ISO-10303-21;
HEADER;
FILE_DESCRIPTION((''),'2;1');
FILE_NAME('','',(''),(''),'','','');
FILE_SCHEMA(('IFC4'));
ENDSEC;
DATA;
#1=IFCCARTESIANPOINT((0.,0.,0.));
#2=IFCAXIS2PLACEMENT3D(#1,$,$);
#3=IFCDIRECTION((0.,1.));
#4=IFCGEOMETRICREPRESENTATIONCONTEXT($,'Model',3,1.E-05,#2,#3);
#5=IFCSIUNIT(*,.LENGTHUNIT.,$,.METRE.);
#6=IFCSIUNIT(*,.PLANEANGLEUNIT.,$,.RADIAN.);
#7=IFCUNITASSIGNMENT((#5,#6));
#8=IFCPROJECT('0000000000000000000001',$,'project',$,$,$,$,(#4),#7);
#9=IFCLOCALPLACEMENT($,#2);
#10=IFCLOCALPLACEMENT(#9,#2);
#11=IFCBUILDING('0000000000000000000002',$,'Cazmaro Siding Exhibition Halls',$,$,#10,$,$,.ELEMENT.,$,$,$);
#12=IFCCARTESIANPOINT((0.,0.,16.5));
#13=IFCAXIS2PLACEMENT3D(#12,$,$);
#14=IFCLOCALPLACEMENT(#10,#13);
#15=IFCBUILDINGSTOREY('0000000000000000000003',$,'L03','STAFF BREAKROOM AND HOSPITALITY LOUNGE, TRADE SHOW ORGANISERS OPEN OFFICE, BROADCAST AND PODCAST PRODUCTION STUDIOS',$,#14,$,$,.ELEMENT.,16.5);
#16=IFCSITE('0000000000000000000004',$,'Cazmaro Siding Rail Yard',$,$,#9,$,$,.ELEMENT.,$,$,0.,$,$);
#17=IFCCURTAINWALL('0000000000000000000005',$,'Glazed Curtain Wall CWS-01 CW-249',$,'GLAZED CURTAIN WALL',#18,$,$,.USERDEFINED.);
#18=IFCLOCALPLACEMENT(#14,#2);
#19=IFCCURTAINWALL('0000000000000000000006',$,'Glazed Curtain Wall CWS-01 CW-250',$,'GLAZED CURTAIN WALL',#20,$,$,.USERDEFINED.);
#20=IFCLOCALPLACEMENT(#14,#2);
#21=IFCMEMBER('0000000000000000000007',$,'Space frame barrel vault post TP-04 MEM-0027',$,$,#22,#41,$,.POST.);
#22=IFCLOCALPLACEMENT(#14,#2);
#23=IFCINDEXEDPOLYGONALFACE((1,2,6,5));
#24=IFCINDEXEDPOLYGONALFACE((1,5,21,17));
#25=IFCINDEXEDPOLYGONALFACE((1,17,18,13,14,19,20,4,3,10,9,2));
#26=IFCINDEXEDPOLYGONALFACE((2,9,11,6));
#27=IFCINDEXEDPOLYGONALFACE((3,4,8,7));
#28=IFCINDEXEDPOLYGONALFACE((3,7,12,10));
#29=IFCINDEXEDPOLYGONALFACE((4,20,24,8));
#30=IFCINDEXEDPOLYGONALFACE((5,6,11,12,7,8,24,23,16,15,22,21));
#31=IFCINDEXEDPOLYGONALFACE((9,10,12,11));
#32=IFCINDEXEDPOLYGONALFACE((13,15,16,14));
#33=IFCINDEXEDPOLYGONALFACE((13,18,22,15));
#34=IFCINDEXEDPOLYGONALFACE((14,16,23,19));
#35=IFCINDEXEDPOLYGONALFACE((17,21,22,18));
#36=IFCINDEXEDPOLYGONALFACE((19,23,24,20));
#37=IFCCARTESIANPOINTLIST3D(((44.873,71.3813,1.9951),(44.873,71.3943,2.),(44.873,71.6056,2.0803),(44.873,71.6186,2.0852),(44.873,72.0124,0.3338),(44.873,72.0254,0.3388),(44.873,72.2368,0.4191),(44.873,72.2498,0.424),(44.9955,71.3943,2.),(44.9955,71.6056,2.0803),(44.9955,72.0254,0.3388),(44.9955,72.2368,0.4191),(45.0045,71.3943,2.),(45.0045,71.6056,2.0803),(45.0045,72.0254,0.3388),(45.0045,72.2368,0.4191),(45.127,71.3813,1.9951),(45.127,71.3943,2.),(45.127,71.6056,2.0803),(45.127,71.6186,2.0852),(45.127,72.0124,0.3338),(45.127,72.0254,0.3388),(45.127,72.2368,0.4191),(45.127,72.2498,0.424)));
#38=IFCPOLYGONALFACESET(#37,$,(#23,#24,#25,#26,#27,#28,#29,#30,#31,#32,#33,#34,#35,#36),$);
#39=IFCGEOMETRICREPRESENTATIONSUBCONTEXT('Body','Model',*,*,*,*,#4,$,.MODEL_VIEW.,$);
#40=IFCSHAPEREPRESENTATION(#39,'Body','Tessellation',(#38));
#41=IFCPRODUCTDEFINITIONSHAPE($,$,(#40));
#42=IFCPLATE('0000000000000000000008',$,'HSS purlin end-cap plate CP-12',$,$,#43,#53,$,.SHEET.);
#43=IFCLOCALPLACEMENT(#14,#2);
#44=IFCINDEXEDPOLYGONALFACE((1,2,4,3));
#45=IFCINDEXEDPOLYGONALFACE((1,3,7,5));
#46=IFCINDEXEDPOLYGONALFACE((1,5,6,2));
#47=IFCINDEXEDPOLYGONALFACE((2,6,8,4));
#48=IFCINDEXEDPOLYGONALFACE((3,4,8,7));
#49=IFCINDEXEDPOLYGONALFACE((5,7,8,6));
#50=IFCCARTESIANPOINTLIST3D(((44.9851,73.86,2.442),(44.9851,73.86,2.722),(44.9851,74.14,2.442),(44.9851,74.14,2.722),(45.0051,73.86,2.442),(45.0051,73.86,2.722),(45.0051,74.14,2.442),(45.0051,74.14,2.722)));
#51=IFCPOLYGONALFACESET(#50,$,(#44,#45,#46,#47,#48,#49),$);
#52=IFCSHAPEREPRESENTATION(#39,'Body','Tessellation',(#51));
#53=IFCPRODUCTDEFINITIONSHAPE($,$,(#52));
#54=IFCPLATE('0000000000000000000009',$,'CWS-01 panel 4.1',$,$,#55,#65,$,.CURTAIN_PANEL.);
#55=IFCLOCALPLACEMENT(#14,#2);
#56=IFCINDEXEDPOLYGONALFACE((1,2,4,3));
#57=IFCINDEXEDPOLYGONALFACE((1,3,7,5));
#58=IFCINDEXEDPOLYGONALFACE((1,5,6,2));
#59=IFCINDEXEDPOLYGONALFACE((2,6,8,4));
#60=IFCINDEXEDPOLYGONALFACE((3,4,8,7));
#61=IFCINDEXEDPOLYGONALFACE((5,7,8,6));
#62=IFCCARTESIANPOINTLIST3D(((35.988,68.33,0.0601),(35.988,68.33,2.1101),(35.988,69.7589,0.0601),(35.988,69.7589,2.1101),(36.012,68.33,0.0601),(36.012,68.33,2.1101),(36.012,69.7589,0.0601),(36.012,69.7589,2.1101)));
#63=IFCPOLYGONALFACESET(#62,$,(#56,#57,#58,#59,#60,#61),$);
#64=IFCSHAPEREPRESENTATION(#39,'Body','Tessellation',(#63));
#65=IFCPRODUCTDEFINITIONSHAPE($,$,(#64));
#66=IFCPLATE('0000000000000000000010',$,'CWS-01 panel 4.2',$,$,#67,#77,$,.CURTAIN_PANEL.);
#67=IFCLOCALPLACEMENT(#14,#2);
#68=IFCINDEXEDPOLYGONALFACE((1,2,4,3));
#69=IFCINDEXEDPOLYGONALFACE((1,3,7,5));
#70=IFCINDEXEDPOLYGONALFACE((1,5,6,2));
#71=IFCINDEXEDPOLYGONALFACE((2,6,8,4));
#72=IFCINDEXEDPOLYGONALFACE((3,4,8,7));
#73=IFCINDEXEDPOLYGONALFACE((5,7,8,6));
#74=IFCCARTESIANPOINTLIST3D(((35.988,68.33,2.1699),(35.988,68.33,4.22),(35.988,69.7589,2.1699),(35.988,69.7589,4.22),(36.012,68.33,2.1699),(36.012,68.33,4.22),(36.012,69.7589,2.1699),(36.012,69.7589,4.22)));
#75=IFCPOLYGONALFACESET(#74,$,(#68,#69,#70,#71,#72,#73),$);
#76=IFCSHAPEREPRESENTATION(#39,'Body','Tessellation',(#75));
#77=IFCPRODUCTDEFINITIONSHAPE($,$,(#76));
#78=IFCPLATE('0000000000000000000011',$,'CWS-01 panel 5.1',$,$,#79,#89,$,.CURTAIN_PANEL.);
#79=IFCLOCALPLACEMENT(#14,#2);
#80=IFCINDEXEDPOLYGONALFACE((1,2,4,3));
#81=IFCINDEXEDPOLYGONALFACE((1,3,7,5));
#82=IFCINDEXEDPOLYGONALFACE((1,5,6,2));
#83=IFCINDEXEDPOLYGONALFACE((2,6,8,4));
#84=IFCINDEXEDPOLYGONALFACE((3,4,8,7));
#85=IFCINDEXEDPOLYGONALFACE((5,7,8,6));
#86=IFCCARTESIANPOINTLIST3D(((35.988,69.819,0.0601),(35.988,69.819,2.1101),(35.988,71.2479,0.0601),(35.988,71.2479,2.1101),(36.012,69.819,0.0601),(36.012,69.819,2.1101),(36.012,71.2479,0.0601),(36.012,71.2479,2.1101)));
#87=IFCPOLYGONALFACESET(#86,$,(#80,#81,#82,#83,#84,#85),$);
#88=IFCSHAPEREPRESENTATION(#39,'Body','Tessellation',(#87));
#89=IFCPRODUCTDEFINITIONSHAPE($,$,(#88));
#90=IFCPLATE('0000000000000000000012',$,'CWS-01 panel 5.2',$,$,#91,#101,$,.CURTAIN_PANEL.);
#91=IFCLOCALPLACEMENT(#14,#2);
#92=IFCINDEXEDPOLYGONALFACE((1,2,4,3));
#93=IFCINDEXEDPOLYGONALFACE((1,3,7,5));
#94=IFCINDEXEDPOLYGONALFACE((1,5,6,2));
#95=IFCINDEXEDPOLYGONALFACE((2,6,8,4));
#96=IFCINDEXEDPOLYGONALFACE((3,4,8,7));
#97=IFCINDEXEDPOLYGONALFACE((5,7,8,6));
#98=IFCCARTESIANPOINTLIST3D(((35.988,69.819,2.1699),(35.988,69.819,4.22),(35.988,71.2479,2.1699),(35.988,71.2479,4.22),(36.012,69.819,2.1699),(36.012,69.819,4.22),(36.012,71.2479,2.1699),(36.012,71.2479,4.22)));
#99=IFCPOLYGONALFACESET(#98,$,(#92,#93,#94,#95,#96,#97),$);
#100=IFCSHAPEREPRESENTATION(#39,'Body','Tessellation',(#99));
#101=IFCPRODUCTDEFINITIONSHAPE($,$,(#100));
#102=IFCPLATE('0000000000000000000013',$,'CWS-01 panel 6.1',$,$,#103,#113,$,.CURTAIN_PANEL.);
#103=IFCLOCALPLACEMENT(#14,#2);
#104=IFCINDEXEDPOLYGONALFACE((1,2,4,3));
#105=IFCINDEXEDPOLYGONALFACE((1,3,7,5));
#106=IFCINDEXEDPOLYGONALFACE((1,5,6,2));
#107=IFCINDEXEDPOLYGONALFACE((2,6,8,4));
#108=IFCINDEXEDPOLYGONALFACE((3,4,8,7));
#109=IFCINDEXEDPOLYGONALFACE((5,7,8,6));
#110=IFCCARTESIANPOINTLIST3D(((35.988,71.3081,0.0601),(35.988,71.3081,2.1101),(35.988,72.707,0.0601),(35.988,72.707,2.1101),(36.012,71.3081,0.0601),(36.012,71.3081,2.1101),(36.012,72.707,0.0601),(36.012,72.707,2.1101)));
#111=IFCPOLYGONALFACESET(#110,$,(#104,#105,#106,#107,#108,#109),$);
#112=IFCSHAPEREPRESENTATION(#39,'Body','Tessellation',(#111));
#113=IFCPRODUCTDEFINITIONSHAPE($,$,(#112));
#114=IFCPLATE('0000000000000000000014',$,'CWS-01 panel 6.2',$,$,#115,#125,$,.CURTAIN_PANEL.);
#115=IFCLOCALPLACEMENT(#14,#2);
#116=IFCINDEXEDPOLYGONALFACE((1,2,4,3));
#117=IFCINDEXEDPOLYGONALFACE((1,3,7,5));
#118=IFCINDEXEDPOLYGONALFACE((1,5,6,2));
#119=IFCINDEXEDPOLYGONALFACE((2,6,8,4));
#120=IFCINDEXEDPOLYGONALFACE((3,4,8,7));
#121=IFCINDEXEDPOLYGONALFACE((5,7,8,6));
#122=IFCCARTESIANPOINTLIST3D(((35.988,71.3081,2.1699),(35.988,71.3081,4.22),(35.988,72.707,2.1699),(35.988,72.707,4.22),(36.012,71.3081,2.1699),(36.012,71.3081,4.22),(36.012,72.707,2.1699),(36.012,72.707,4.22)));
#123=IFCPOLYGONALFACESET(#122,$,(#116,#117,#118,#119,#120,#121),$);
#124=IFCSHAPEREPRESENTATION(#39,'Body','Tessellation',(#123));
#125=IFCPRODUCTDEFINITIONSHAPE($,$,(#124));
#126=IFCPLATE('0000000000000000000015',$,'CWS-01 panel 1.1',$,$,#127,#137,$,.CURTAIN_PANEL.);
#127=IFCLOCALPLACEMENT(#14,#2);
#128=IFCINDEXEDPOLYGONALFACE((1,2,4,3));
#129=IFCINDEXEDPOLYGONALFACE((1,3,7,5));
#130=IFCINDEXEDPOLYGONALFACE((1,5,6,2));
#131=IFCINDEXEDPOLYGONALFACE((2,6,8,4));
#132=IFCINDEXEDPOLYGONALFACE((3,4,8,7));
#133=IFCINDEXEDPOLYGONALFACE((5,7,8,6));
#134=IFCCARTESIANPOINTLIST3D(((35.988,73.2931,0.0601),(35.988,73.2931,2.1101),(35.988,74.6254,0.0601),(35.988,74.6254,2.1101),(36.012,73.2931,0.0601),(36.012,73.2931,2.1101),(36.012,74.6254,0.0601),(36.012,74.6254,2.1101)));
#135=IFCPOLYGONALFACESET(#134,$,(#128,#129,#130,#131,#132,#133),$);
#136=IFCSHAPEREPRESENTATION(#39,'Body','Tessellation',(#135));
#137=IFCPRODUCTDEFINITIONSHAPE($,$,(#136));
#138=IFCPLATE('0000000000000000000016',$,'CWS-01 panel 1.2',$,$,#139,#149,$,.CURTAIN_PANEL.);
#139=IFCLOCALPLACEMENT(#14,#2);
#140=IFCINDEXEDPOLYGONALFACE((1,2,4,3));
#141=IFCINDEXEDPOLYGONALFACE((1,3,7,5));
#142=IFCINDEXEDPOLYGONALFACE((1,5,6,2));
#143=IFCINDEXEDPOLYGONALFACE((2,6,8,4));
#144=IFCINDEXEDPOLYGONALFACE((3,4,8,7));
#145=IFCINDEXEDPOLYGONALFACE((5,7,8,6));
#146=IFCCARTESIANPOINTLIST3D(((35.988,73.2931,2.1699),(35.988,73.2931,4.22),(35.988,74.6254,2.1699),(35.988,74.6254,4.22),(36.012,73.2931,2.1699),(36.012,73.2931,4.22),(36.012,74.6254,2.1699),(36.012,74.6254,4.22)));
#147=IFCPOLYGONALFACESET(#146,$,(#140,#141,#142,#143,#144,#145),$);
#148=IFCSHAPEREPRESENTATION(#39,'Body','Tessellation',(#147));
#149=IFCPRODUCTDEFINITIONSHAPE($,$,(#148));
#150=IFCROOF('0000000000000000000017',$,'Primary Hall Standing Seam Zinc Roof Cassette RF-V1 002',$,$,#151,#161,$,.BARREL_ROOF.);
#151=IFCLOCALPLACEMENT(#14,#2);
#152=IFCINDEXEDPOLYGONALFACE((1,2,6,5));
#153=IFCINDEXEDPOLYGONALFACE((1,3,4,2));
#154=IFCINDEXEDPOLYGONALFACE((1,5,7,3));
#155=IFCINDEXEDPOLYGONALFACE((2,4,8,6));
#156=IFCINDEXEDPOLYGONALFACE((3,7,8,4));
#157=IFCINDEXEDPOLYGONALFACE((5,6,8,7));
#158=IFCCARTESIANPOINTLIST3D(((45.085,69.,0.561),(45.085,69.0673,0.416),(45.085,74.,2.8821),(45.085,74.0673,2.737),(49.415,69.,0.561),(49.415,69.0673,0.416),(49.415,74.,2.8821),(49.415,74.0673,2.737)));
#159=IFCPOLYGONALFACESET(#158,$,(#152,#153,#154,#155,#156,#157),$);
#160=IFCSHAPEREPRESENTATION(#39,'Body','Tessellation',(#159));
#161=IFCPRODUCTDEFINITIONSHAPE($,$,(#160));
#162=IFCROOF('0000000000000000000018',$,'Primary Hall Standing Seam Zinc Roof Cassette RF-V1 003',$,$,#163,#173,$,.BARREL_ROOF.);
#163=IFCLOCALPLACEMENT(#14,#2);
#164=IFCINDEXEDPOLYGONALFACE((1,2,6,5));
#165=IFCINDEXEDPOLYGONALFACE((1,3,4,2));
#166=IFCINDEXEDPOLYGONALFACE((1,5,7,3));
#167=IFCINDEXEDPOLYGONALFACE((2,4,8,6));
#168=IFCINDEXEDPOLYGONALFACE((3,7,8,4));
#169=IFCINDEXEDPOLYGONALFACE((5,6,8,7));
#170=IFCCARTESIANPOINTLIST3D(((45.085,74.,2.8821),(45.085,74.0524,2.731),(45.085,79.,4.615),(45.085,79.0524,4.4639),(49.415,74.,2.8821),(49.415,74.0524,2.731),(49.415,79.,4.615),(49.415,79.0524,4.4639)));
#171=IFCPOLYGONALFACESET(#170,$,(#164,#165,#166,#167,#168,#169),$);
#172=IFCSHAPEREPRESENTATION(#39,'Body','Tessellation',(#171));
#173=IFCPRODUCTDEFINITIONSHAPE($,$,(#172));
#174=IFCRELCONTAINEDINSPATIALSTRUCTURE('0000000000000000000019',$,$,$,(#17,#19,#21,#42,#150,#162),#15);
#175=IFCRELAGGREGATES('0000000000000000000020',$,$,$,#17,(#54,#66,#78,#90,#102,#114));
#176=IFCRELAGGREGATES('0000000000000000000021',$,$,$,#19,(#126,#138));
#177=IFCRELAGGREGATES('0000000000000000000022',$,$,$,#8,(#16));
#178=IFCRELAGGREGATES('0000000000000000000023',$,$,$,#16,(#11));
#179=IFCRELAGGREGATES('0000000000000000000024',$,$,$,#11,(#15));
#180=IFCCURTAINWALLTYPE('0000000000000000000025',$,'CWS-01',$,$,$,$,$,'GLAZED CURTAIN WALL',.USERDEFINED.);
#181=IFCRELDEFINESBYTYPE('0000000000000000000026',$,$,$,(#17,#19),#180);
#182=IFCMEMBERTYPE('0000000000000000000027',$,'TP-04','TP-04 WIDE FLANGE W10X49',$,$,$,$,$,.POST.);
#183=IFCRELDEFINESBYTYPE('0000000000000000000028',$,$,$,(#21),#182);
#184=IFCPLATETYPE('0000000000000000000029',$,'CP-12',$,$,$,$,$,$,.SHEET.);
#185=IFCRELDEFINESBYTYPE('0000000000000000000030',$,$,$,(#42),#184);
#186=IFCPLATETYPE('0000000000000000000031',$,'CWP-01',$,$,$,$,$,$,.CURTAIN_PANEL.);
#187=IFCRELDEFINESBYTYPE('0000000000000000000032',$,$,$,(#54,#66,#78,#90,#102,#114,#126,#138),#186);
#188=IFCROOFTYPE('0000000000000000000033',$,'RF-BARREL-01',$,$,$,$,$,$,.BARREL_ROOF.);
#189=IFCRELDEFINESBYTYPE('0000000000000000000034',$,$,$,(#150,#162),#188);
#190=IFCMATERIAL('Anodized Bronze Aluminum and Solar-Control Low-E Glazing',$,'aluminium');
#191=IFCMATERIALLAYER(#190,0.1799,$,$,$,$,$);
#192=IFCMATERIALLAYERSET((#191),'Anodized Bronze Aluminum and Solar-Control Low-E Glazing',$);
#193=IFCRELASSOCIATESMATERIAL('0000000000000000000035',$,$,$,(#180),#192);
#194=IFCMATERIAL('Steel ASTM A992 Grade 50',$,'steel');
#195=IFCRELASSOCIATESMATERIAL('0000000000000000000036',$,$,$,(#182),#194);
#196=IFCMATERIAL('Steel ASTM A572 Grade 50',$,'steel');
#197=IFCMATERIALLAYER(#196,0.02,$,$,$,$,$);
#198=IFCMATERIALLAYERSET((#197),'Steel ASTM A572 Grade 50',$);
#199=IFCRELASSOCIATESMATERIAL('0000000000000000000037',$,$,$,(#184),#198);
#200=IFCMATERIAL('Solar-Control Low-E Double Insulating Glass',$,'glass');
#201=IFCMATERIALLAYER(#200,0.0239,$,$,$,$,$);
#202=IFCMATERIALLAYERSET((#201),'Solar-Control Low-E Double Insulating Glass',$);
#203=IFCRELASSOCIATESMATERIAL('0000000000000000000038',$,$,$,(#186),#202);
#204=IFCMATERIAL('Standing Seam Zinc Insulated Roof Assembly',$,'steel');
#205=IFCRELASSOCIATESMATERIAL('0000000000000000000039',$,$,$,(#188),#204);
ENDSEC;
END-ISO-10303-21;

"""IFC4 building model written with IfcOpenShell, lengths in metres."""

from ifc_helpers import new_model, si_unit, direction, frame, origin, origin_2d, place, context, subcontext, project, spatial, polyline, rectangle, i_section, outline, extrude, material, layer, layer_set, material_profile, profile_set, type_object, element, aggregate, save


model = new_model("IFC4")

# Units and contexts
model_context = context("Model", 3, precision=1e-05, world=origin(), true_north=direction((0.0, 1.0)))
body_context = subcontext(model_context, "Body", "Model", "MODEL_VIEW")
ifc_project = project(units=[si_unit("LENGTHUNIT", "METRE"), si_unit("PLANEANGLEUNIT", "RADIAN")], contexts=[model_context])

# Site, building, storey
site_placement = place(None, origin())
site = spatial("IfcSite", under=ifc_project, at=site_placement, Name="Cazmaro Siding Rail Yard", CompositionType="ELEMENT", RefElevation=0.0)
building_placement = place(site_placement, origin())
building = spatial("IfcBuilding", under=site, at=building_placement, Name="Cazmaro Siding Exhibition Halls", CompositionType="ELEMENT")
storey_placement = place(building_placement, frame((0.0, 0.0, 16.5)))
storey = spatial("IfcBuildingStorey", under=building, at=storey_placement, Name="L03", Description="STAFF BREAKROOM AND HOSPITALITY LOUNGE, TRADE SHOW ORGANISERS OPEN OFFICE, BROADCAST AND PODCAST PRODUCTION STUDIOS", CompositionType="ELEMENT", Elevation=16.5)

# Curtain wall
ifc_material_1 = material(Name="Anodized Bronze Aluminum and Solar-Control Low-E Glazing", Category="aluminium")
ifc_layer_1 = layer(ifc_material_1, 0.1799)
ifc_layer_set_1 = layer_set([ifc_layer_1], Name="Anodized Bronze Aluminum and Solar-Control Low-E Glazing")
curtain_wall_type = type_object("IfcCurtainWallType", Name="CWS-01", ElementType="GLAZED CURTAIN WALL", PredefinedType="USERDEFINED", material=ifc_layer_set_1)
curtain_wall_1_placement = place(storey_placement, origin())
curtain_wall_1 = element("IfcCurtainWall", 1, at=curtain_wall_1_placement, inside=storey, type_object=curtain_wall_type, Name="Glazed Curtain Wall CWS-01 CW-249", ObjectType="GLAZED CURTAIN WALL", PredefinedType="USERDEFINED")

# Curtain wall
curtain_wall_2_placement = place(storey_placement, origin())
curtain_wall_2 = element("IfcCurtainWall", 2, at=curtain_wall_2_placement, inside=storey, type_object=curtain_wall_type, Name="Glazed Curtain Wall CWS-01 CW-250", ObjectType="GLAZED CURTAIN WALL", PredefinedType="USERDEFINED")

# Member
ifc_material_2 = material(Name="Steel ASTM A992 Grade 50", Category="steel")
ifc_material_profile_1 = material_profile(ifc_material_2, i_section(OverallWidth=0.2539, OverallDepth=0.2539, WebThickness=0.009, FlangeThickness=0.0139, at=origin_2d()), Name="W10X49")
ifc_profile_set_1 = profile_set([ifc_material_profile_1], Name="Steel ASTM A992 Grade 50")
member_type_1 = type_object("IfcMemberType", Name="TP-04", Description="TP-04 WIDE FLANGE W10X49", PredefinedType="POST", material=ifc_profile_set_1)
member_1_placement = place(storey_placement, frame((45.0, 72.1311, 0.3789), z_axis=(0.0, -0.355155, 0.934807), x_axis=(1.0, 0.0, 0.0)))
element("IfcMember", 3, at=member_1_placement, inside=storey, type_object=member_type_1, Name="Space frame barrel vault post TP-04 MEM-0027", PredefinedType="POST", context=body_context, shape_type="SweptSolid", body=[
    extrude(i_section(OverallWidth=0.2539, OverallDepth=0.2539, WebThickness=0.009, FlangeThickness=0.0139, at=origin_2d()), origin(), (0.0, 0.0, 1.0), 1.7771),
])

# Plates
ifc_material_3 = material(Name="Steel ASTM A572 Grade 50", Category="steel")
ifc_layer_2 = layer(ifc_material_3, 0.02)
ifc_layer_set_2 = layer_set([ifc_layer_2], Name="Steel ASTM A572 Grade 50")
plate_type_1 = type_object("IfcPlateType", Name="CP-12", PredefinedType="SHEET", material=ifc_layer_set_2)
plate_1_placement = place(storey_placement, frame((44.9851, 74.0, 2.582), z_axis=(1.0, 0.0, 0.0), x_axis=(0.0, 1.0, 0.0)))
element("IfcPlate", 4, at=plate_1_placement, inside=storey, type_object=plate_type_1, Name="HSS purlin end-cap plate CP-12", PredefinedType="SHEET", context=body_context, shape_type="SweptSolid", body=[
    extrude(rectangle(XDim=0.28, YDim=0.28, at=origin_2d()), origin(), (0.0, 0.0, 1.0), 0.02),
])
ifc_material_4 = material(Name="Solar-Control Low-E Double Insulating Glass", Category="glass")
ifc_layer_3 = layer(ifc_material_4, 0.0239)
ifc_layer_set_3 = layer_set([ifc_layer_3], Name="Solar-Control Low-E Double Insulating Glass")
plate_type_2 = type_object("IfcPlateType", Name="CWP-01", PredefinedType="CURTAIN_PANEL", material=ifc_layer_set_3)
plate_2_placement = place(storey_placement, frame((36.0, 69.0444, 0.0601), z_axis=(0.0, 0.0, 1.0), x_axis=(0.0, 1.0, 0.0)))
plate_2 = element("IfcPlate", 5, at=plate_2_placement, type_object=plate_type_2, Name="CWS-01 panel 4.1", PredefinedType="CURTAIN_PANEL", context=body_context, shape_type="SweptSolid", body=[
    extrude(rectangle(XDim=1.429, YDim=0.0239, at=origin_2d()), origin(), (0.0, 0.0, 1.0), 2.05),
])
plate_3_placement = place(storey_placement, frame((36.0, 69.0444, 2.1699), z_axis=(0.0, 0.0, 1.0), x_axis=(0.0, 1.0, 0.0)))
plate_3 = element("IfcPlate", 6, at=plate_3_placement, type_object=plate_type_2, Name="CWS-01 panel 4.2", PredefinedType="CURTAIN_PANEL", context=body_context, shape_type="SweptSolid", body=[
    extrude(rectangle(XDim=1.429, YDim=0.0239, at=origin_2d()), origin(), (0.0, 0.0, 1.0), 2.05),
])
plate_4_placement = place(storey_placement, frame((36.0, 70.5334, 0.0601), z_axis=(0.0, 0.0, 1.0), x_axis=(0.0, 1.0, 0.0)))
plate_4 = element("IfcPlate", 7, at=plate_4_placement, type_object=plate_type_2, Name="CWS-01 panel 5.1", PredefinedType="CURTAIN_PANEL", context=body_context, shape_type="SweptSolid", body=[
    extrude(rectangle(XDim=1.429, YDim=0.0239, at=origin_2d()), origin(), (0.0, 0.0, 1.0), 2.05),
])
plate_5_placement = place(storey_placement, frame((36.0, 70.5334, 2.1699), z_axis=(0.0, 0.0, 1.0), x_axis=(0.0, 1.0, 0.0)))
plate_5 = element("IfcPlate", 8, at=plate_5_placement, type_object=plate_type_2, Name="CWS-01 panel 5.2", PredefinedType="CURTAIN_PANEL", context=body_context, shape_type="SweptSolid", body=[
    extrude(rectangle(XDim=1.429, YDim=0.0239, at=origin_2d()), origin(), (0.0, 0.0, 1.0), 2.05),
])
plate_6_placement = place(storey_placement, frame((36.0, 72.0076, 0.0601), z_axis=(0.0, 0.0, 1.0), x_axis=(0.0, 1.0, 0.0)))
plate_6 = element("IfcPlate", 9, at=plate_6_placement, type_object=plate_type_2, Name="CWS-01 panel 6.1", PredefinedType="CURTAIN_PANEL", context=body_context, shape_type="SweptSolid", body=[
    extrude(rectangle(XDim=1.3989, YDim=0.0239, at=origin_2d()), origin(), (0.0, 0.0, 1.0), 2.05),
])
plate_7_placement = place(storey_placement, frame((36.0, 72.0076, 2.1699), z_axis=(0.0, 0.0, 1.0), x_axis=(0.0, 1.0, 0.0)))
plate_7 = element("IfcPlate", 10, at=plate_7_placement, type_object=plate_type_2, Name="CWS-01 panel 6.2", PredefinedType="CURTAIN_PANEL", context=body_context, shape_type="SweptSolid", body=[
    extrude(rectangle(XDim=1.3989, YDim=0.0239, at=origin_2d()), origin(), (0.0, 0.0, 1.0), 2.05),
])
aggregate(curtain_wall_1, [plate_2, plate_3, plate_4, plate_5, plate_6, plate_7])
plate_8_placement = place(storey_placement, frame((36.0, 73.9592, 0.0601), z_axis=(0.0, 0.0, 1.0), x_axis=(0.0, 1.0, 0.0)))
plate_8 = element("IfcPlate", 11, at=plate_8_placement, type_object=plate_type_2, Name="CWS-01 panel 1.1", PredefinedType="CURTAIN_PANEL", context=body_context, shape_type="SweptSolid", body=[
    extrude(rectangle(XDim=1.3323, YDim=0.0239, at=origin_2d()), origin(), (0.0, 0.0, 1.0), 2.05),
])
plate_9_placement = place(storey_placement, frame((36.0, 73.9592, 2.1699), z_axis=(0.0, 0.0, 1.0), x_axis=(0.0, 1.0, 0.0)))
plate_9 = element("IfcPlate", 12, at=plate_9_placement, type_object=plate_type_2, Name="CWS-01 panel 1.2", PredefinedType="CURTAIN_PANEL", context=body_context, shape_type="SweptSolid", body=[
    extrude(rectangle(XDim=1.3323, YDim=0.0239, at=origin_2d()), origin(), (0.0, 0.0, 1.0), 2.05),
])
aggregate(curtain_wall_2, [plate_8, plate_9])

# Roofs
ifc_material_5 = material(Name="Standing Seam Zinc Insulated Roof Assembly", Category="steel")
roof_type = type_object("IfcRoofType", Name="RF-BARREL-01", PredefinedType="BARREL_ROOF", material=ifc_material_5)
roof_1_placement = place(storey_placement, frame((45.085, 69.0, 0.561), z_axis=(0.0, -0.421054, 0.907036), x_axis=(1.0, 0.0, 0.0)))
element("IfcRoof", 13, at=roof_1_placement, inside=storey, type_object=roof_type, Name="Primary Hall Standing Seam Zinc Roof Cassette RF-V1 002", PredefinedType="BARREL_ROOF", context=body_context, shape_type="SweptSolid", body=[
    extrude(outline(polyline([(0.0, 0.0), (4.3301, 0.0), (4.3301, 5.5125), (0.0, 5.5125), (0.0, 0.0)])), origin(), (0.0, 0.0, -1.0), 0.1599),
])
roof_2_placement = place(storey_placement, frame((45.085, 74.0, 2.8821), z_axis=(0.0, -0.327472, 0.944861), x_axis=(1.0, 0.0, 0.0)))
element("IfcRoof", 14, at=roof_2_placement, inside=storey, type_object=roof_type, Name="Primary Hall Standing Seam Zinc Roof Cassette RF-V1 003", PredefinedType="BARREL_ROOF", context=body_context, shape_type="SweptSolid", body=[
    extrude(outline(polyline([(0.0, 0.0), (4.3301, 0.0), (4.3301, 5.2918), (0.0, 5.2918), (0.0, 0.0)])), origin(), (0.0, 0.0, -1.0), 0.1599),
])

save(model, "model.ifc")
